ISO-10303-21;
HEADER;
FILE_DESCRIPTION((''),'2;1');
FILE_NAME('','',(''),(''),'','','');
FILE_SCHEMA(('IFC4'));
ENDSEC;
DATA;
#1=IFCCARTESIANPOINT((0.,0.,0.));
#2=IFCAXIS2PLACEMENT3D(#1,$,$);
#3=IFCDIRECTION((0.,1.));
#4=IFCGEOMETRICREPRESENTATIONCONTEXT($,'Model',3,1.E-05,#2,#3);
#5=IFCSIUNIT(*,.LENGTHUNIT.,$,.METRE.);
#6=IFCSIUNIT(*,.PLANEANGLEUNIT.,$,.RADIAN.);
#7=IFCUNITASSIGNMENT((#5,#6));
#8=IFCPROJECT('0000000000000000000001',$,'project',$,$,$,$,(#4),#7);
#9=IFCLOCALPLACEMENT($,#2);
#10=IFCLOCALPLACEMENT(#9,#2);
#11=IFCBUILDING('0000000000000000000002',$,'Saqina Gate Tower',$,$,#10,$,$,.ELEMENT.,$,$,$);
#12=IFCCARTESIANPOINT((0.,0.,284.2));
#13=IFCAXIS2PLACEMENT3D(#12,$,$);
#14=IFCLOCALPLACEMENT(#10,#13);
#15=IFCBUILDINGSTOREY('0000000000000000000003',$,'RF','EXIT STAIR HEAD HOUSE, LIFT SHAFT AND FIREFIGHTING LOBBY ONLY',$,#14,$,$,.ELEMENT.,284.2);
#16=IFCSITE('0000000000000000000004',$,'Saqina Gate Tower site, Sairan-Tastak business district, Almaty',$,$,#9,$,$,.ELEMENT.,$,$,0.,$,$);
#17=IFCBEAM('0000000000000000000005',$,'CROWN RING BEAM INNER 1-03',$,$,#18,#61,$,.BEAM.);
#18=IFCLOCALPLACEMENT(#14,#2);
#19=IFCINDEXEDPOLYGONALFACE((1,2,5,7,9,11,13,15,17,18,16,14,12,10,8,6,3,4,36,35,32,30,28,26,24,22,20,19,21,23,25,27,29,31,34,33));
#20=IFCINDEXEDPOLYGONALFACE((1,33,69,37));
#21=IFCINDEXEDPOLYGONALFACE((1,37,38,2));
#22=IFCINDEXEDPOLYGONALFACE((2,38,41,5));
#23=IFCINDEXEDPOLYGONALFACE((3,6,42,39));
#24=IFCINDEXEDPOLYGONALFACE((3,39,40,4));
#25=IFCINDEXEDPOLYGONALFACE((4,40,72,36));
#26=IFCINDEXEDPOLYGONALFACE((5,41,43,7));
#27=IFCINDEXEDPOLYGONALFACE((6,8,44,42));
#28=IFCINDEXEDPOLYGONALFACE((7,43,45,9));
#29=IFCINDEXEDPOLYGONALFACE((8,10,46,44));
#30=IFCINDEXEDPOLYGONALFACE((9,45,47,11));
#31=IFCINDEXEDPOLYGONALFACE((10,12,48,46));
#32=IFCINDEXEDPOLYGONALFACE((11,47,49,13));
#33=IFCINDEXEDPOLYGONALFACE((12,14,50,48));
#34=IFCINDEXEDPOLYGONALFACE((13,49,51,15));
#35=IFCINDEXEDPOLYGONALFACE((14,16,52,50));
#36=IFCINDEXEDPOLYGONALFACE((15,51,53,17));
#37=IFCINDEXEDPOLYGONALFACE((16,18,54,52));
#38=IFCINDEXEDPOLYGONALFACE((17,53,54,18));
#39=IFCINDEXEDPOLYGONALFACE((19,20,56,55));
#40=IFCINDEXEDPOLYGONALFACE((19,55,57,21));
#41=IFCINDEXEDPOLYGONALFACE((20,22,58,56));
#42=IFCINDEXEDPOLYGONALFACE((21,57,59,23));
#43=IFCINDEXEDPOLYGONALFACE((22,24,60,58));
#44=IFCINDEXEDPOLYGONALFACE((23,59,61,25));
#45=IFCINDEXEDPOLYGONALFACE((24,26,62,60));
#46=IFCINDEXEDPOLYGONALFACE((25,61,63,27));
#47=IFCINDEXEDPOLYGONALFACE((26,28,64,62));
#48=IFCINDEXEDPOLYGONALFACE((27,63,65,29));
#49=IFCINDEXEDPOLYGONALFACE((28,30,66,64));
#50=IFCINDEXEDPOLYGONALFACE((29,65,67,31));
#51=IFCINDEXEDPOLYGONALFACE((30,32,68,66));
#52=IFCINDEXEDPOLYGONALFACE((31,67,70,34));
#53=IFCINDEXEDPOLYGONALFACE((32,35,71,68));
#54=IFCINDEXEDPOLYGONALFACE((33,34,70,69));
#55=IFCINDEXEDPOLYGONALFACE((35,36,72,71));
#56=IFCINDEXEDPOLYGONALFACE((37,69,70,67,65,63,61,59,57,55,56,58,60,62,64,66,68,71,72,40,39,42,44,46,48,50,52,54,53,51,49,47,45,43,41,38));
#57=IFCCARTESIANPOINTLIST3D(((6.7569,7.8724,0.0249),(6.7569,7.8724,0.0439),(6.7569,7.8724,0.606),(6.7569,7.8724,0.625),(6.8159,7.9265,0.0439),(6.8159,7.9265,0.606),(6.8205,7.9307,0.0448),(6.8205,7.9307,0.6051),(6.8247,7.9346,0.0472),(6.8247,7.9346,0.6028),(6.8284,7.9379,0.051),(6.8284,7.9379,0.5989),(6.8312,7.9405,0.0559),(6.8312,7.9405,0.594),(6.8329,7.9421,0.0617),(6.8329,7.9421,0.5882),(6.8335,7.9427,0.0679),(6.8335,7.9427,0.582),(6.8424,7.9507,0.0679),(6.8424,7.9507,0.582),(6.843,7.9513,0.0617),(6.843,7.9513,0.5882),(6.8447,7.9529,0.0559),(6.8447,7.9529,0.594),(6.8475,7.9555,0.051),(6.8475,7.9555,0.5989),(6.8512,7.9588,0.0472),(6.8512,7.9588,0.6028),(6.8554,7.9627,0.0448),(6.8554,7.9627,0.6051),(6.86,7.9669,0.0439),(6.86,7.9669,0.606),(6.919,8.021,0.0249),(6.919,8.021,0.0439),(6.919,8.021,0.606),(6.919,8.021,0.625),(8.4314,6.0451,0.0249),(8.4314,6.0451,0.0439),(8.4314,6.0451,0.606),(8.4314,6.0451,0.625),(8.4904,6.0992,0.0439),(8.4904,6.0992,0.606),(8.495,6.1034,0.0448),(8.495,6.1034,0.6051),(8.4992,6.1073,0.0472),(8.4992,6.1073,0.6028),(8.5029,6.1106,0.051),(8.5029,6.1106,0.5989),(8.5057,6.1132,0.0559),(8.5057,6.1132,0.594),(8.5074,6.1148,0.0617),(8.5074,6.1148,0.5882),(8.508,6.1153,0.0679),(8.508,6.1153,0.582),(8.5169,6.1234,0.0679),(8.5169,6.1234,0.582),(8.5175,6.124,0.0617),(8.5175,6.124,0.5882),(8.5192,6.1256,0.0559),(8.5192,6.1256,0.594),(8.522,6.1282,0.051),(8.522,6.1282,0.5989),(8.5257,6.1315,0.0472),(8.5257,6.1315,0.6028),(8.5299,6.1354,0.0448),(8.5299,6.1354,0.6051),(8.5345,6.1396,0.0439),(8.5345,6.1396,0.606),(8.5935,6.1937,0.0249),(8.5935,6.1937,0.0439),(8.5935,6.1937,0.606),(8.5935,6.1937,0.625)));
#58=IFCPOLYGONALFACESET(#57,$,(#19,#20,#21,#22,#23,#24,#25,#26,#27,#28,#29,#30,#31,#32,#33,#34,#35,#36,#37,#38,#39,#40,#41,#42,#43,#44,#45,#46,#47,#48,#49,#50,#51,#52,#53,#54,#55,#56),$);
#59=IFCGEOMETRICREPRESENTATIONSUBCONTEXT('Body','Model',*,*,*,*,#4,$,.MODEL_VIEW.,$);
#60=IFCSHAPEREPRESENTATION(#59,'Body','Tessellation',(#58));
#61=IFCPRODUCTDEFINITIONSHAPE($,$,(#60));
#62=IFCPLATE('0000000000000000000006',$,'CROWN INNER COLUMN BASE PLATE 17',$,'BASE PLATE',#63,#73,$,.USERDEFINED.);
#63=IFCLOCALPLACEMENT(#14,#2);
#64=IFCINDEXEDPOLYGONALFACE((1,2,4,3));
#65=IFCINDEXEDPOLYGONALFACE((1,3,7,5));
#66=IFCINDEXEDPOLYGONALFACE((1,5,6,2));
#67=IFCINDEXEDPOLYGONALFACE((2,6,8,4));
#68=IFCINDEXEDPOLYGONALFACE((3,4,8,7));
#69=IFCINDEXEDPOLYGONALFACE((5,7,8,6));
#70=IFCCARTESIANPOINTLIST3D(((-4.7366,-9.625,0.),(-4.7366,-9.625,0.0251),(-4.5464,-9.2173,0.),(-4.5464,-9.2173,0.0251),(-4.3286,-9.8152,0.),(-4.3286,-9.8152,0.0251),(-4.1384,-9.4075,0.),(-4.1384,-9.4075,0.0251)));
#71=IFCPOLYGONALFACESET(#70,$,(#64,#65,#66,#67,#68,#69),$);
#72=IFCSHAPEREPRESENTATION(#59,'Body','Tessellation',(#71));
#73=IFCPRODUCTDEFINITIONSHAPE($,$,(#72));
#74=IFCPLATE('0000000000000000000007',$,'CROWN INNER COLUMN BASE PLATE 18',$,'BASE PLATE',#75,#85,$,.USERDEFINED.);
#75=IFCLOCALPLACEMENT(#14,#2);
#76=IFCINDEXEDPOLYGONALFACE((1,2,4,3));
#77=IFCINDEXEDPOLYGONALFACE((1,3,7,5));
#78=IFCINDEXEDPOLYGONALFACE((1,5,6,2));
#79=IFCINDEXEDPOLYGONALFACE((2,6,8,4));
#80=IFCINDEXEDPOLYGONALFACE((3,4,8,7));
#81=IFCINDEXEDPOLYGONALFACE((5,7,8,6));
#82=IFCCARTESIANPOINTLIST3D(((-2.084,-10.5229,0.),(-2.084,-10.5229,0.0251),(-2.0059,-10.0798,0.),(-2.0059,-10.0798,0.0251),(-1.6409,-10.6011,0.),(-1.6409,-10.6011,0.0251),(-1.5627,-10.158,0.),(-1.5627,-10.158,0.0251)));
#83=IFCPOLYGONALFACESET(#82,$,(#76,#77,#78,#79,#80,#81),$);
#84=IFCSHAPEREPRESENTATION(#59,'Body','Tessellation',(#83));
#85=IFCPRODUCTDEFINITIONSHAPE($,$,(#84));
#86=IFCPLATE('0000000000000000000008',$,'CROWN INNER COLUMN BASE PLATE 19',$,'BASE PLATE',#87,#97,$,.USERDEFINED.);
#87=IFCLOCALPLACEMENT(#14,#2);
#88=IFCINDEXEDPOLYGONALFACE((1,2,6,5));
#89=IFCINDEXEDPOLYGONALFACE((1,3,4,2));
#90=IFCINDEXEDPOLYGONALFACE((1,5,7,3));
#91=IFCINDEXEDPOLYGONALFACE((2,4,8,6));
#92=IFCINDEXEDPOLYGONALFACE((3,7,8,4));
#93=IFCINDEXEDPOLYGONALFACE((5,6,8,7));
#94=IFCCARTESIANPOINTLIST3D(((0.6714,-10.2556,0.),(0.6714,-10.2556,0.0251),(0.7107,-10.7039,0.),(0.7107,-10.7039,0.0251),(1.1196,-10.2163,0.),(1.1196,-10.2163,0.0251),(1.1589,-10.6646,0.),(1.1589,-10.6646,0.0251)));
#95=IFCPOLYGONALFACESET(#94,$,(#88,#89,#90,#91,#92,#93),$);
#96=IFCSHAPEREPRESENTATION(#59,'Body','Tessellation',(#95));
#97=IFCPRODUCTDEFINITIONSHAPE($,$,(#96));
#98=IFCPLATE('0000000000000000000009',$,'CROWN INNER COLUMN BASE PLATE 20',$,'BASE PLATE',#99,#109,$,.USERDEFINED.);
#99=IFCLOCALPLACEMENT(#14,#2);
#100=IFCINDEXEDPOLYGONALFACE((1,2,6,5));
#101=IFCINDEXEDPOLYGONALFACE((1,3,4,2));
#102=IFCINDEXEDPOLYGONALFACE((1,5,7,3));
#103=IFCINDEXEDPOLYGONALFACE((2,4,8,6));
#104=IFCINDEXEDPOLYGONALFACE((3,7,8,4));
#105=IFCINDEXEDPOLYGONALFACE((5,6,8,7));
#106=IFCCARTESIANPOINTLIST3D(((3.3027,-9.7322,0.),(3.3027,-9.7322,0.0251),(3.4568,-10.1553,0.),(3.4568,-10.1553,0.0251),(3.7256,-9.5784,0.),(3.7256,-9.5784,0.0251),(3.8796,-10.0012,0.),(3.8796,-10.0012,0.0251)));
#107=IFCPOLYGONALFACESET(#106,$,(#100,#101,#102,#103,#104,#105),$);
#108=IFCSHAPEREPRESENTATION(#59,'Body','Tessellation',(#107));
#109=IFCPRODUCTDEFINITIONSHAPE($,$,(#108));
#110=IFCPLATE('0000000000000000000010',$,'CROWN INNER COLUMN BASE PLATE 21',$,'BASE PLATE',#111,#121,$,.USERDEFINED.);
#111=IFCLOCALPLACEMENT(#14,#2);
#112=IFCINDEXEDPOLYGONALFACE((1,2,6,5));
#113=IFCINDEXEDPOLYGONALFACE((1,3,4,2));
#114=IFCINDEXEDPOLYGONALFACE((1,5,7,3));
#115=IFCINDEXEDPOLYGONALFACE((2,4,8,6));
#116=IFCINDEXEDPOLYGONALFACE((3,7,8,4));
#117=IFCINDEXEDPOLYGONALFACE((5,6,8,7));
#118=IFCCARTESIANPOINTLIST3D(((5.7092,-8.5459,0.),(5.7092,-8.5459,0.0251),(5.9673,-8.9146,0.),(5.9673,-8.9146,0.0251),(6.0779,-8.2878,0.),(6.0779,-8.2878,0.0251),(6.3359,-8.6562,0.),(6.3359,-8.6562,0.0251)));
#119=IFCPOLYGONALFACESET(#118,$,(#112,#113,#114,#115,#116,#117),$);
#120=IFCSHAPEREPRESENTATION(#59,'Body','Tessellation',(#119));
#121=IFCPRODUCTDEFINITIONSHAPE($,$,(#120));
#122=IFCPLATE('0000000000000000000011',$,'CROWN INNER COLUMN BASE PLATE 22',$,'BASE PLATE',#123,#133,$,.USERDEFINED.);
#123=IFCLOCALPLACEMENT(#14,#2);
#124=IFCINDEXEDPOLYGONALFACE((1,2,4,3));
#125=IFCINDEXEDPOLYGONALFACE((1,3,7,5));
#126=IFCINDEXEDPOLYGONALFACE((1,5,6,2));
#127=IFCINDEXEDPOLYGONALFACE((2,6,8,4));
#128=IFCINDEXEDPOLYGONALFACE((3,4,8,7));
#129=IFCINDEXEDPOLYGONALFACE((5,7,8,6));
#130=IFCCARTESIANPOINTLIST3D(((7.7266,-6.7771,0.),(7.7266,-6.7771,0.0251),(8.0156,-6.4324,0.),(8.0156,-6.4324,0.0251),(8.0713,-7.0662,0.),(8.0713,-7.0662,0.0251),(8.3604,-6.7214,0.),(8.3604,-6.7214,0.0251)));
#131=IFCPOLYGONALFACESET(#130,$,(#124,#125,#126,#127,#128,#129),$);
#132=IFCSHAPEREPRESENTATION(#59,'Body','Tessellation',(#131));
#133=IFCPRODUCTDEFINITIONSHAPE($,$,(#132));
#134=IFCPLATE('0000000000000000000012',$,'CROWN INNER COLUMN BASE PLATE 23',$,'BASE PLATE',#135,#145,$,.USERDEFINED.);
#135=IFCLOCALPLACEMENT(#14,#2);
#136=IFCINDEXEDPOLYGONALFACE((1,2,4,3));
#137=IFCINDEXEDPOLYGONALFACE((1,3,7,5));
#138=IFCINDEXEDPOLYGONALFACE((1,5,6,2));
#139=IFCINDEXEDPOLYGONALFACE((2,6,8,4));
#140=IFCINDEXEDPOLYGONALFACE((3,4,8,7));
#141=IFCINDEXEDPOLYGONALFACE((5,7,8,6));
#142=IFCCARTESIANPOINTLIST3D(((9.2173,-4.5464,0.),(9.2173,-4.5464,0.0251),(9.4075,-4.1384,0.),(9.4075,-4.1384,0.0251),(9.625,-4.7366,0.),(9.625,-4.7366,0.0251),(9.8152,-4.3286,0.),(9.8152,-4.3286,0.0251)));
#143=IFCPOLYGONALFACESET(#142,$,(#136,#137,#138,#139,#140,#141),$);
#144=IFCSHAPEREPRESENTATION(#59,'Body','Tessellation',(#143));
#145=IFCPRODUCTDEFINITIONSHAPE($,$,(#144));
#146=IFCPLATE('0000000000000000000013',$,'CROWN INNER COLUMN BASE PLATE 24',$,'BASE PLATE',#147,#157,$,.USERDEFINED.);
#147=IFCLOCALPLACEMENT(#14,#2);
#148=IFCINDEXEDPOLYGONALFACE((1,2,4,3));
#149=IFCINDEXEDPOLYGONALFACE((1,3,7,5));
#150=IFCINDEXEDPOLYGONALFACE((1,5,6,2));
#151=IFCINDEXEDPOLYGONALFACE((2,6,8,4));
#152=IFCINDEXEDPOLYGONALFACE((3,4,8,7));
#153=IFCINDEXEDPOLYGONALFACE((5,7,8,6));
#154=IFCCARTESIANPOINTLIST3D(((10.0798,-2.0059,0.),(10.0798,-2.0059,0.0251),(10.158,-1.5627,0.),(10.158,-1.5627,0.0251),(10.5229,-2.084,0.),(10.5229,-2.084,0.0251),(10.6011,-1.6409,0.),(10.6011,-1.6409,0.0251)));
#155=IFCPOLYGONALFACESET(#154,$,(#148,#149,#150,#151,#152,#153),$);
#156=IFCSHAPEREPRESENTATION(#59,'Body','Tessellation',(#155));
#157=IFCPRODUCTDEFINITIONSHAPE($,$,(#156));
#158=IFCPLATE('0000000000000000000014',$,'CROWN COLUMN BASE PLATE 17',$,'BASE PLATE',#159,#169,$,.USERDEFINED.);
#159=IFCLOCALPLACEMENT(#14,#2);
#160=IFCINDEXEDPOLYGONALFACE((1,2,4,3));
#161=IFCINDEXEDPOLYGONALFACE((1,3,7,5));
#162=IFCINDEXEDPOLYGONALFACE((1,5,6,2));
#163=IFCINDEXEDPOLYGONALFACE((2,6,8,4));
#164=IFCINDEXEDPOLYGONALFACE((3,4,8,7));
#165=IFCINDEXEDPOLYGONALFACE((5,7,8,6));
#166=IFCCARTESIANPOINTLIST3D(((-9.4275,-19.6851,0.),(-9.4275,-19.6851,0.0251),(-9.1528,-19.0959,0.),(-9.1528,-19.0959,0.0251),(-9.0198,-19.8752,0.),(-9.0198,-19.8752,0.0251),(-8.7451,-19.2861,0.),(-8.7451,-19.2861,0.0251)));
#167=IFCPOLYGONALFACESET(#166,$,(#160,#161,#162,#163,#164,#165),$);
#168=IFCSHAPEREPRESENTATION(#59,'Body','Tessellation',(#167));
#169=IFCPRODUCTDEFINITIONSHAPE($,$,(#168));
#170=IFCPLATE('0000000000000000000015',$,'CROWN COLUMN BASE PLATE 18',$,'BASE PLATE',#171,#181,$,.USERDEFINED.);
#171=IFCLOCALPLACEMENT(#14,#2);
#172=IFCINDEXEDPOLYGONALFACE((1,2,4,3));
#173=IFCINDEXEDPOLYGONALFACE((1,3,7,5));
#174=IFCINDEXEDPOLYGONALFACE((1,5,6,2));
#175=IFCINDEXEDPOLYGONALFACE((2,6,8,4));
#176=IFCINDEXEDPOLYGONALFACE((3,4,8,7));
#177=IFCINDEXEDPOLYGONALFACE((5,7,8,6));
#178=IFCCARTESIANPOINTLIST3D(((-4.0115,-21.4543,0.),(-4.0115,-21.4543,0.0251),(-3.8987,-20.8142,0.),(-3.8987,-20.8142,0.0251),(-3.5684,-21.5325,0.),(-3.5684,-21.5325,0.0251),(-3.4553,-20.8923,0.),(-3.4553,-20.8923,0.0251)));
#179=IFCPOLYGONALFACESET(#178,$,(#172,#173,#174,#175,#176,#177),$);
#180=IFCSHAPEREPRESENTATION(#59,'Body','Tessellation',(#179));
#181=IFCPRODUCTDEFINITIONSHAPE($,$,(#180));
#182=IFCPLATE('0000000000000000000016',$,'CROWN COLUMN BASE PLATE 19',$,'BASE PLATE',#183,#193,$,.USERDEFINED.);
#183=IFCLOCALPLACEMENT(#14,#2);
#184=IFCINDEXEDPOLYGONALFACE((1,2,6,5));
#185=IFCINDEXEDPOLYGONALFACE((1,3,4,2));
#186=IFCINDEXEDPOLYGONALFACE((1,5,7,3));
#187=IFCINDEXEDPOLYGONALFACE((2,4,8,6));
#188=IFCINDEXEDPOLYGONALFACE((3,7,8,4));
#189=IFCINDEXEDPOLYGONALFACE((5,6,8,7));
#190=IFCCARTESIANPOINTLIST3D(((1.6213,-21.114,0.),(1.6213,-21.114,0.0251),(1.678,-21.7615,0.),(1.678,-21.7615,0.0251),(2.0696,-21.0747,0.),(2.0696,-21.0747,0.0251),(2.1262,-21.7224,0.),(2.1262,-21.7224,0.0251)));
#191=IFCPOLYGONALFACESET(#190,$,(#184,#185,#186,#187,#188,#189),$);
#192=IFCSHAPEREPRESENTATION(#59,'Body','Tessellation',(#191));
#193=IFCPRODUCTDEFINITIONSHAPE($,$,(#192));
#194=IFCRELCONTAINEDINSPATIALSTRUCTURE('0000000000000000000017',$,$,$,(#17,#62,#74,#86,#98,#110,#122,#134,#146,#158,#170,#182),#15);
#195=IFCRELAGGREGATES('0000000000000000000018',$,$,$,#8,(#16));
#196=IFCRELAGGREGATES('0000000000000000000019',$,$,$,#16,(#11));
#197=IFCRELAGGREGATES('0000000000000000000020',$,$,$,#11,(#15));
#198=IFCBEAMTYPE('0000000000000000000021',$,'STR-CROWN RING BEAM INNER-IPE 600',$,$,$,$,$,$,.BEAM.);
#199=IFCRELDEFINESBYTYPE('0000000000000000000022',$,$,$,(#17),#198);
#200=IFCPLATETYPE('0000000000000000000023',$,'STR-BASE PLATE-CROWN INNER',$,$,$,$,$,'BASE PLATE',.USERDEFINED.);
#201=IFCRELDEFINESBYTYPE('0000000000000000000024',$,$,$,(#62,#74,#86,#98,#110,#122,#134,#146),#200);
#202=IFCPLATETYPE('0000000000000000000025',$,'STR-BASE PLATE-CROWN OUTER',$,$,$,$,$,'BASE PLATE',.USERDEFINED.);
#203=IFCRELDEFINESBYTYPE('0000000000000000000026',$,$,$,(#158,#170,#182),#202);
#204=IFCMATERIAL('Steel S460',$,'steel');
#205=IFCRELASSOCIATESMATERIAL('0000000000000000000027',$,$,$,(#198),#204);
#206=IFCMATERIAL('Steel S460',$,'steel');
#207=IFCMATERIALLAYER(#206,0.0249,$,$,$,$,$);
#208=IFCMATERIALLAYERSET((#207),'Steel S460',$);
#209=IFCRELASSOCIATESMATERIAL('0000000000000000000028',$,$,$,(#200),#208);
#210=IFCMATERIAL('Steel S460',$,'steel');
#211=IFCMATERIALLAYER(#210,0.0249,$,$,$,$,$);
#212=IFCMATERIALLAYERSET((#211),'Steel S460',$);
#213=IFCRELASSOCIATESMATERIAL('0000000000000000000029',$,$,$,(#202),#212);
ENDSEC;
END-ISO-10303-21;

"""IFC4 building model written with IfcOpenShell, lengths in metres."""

from ifc_helpers import new_model, si_unit, direction, frame, origin, origin_2d, place, context, subcontext, project, spatial, polyline, i_section, outline, extrude, material, layer, layer_set, material_profile, profile_set, type_object, element, save


model = new_model("IFC4")

# Units and contexts
model_context = context("Model", 3, precision=1e-05, world=origin(), true_north=direction((0.0, 1.0)))
body_context = subcontext(model_context, "Body", "Model", "MODEL_VIEW")
ifc_project = project(units=[si_unit("LENGTHUNIT", "METRE"), si_unit("PLANEANGLEUNIT", "RADIAN")], contexts=[model_context])

# Site, building, storey
site_placement = place(None, origin())
site = spatial("IfcSite", under=ifc_project, at=site_placement, Name="Saqina Gate Tower site, Sairan-Tastak business district, Almaty", CompositionType="ELEMENT", RefElevation=0.0)
building_placement = place(site_placement, origin())
building = spatial("IfcBuilding", under=site, at=building_placement, Name="Saqina Gate Tower", CompositionType="ELEMENT")
storey_placement = place(building_placement, frame((0.0, 0.0, 284.2)))
storey = spatial("IfcBuildingStorey", under=building, at=storey_placement, Name="RF", Description="EXIT STAIR HEAD HOUSE, LIFT SHAFT AND FIREFIGHTING LOBBY ONLY", CompositionType="ELEMENT", Elevation=284.2)

# Beam
ifc_material_1 = material(Name="Steel S460", Category="steel")
ifc_material_profile_1 = material_profile(ifc_material_1, i_section(OverallWidth=0.22, OverallDepth=0.6001, WebThickness=0.012, FlangeThickness=0.019, FilletRadius=0.0239, at=origin_2d()), Name="IPE 600")
ifc_profile_set_1 = profile_set([ifc_material_profile_1], Name="Steel S460")
beam_type = type_object("IfcBeamType", Name="STR-CROWN RING BEAM INNER-IPE 600", PredefinedType="BEAM", material=ifc_profile_set_1)
beam_1_placement = place(storey_placement, frame((8.5125, 6.1194, 0.325), z_axis=(-0.675604, 0.737265, 0.0), x_axis=(-0.737265, -0.675604, 0.0)))
element("IfcBeam", 1, at=beam_1_placement, inside=storey, type_object=beam_type, Name="CROWN RING BEAM INNER 1-03", PredefinedType="BEAM", context=body_context, shape_type="SweptSolid", body=[
    extrude(i_section(OverallWidth=0.22, OverallDepth=0.6001, WebThickness=0.012, FlangeThickness=0.019, FilletRadius=0.0239, at=origin_2d()), origin(), (0.0, 0.0, 1.0), 2.4785),
])

# Plates
ifc_material_2 = material(Name="Steel S460", Category="steel")
ifc_layer_1 = layer(ifc_material_2, 0.0249)
ifc_layer_set_1 = layer_set([ifc_layer_1], Name="Steel S460")
plate_type_1 = type_object("IfcPlateType", Name="STR-BASE PLATE-CROWN INNER", ElementType="BASE PLATE", PredefinedType="USERDEFINED", material=ifc_layer_set_1)
plate_1_placement = place(storey_placement, origin())
element("IfcPlate", 2, at=plate_1_placement, inside=storey, type_object=plate_type_1, Name="CROWN INNER COLUMN BASE PLATE 17", ObjectType="BASE PLATE", PredefinedType="USERDEFINED", context=body_context, shape_type="SweptSolid", body=[
    extrude(outline(polyline([(-4.7366, -9.625), (-4.3286, -9.8152), (-4.1384, -9.4075), (-4.5464, -9.2173), (-4.7366, -9.625)])), origin(), (0.0, 0.0, 1.0), 0.0251),
])
plate_2_placement = place(storey_placement, origin())
element("IfcPlate", 3, at=plate_2_placement, inside=storey, type_object=plate_type_1, Name="CROWN INNER COLUMN BASE PLATE 18", ObjectType="BASE PLATE", PredefinedType="USERDEFINED", context=body_context, shape_type="SweptSolid", body=[
    extrude(outline(polyline([(-2.084, -10.5229), (-1.6409, -10.6011), (-1.5627, -10.158), (-2.0059, -10.0798), (-2.084, -10.5229)])), origin(), (0.0, 0.0, 1.0), 0.0251),
])
plate_3_placement = place(storey_placement, origin())
element("IfcPlate", 4, at=plate_3_placement, inside=storey, type_object=plate_type_1, Name="CROWN INNER COLUMN BASE PLATE 19", ObjectType="BASE PLATE", PredefinedType="USERDEFINED", context=body_context, shape_type="SweptSolid", body=[
    extrude(outline(polyline([(0.7107, -10.7039), (1.1589, -10.6646), (1.1196, -10.2163), (0.6714, -10.2556), (0.7107, -10.7039)])), origin(), (0.0, 0.0, 1.0), 0.0251),
])
plate_4_placement = place(storey_placement, origin())
element("IfcPlate", 5, at=plate_4_placement, inside=storey, type_object=plate_type_1, Name="CROWN INNER COLUMN BASE PLATE 20", ObjectType="BASE PLATE", PredefinedType="USERDEFINED", context=body_context, shape_type="SweptSolid", body=[
    extrude(outline(polyline([(3.4568, -10.1553), (3.8796, -10.0012), (3.7256, -9.5784), (3.3027, -9.7322), (3.4568, -10.1553)])), origin(), (0.0, 0.0, 1.0), 0.0251),
])
plate_5_placement = place(storey_placement, origin())
element("IfcPlate", 6, at=plate_5_placement, inside=storey, type_object=plate_type_1, Name="CROWN INNER COLUMN BASE PLATE 21", ObjectType="BASE PLATE", PredefinedType="USERDEFINED", context=body_context, shape_type="SweptSolid", body=[
    extrude(outline(polyline([(5.9673, -8.9146), (6.3359, -8.6562), (6.0779, -8.2878), (5.7092, -8.5459), (5.9673, -8.9146)])), origin(), (0.0, 0.0, 1.0), 0.0251),
])
plate_6_placement = place(storey_placement, origin())
element("IfcPlate", 7, at=plate_6_placement, inside=storey, type_object=plate_type_1, Name="CROWN INNER COLUMN BASE PLATE 22", ObjectType="BASE PLATE", PredefinedType="USERDEFINED", context=body_context, shape_type="SweptSolid", body=[
    extrude(outline(polyline([(8.0713, -7.0662), (8.3604, -6.7214), (8.0156, -6.4324), (7.7266, -6.7771), (8.0713, -7.0662)])), origin(), (0.0, 0.0, 1.0), 0.0251),
])
plate_7_placement = place(storey_placement, origin())
element("IfcPlate", 8, at=plate_7_placement, inside=storey, type_object=plate_type_1, Name="CROWN INNER COLUMN BASE PLATE 23", ObjectType="BASE PLATE", PredefinedType="USERDEFINED", context=body_context, shape_type="SweptSolid", body=[
    extrude(outline(polyline([(9.625, -4.7366), (9.8152, -4.3286), (9.4075, -4.1384), (9.2173, -4.5464), (9.625, -4.7366)])), origin(), (0.0, 0.0, 1.0), 0.0251),
])
plate_8_placement = place(storey_placement, origin())
element("IfcPlate", 9, at=plate_8_placement, inside=storey, type_object=plate_type_1, Name="CROWN INNER COLUMN BASE PLATE 24", ObjectType="BASE PLATE", PredefinedType="USERDEFINED", context=body_context, shape_type="SweptSolid", body=[
    extrude(outline(polyline([(10.5229, -2.084), (10.6011, -1.6409), (10.158, -1.5627), (10.0798, -2.0059), (10.5229, -2.084)])), origin(), (0.0, 0.0, 1.0), 0.0251),
])
ifc_material_3 = material(Name="Steel S460", Category="steel")
ifc_layer_2 = layer(ifc_material_3, 0.0249)
ifc_layer_set_2 = layer_set([ifc_layer_2], Name="Steel S460")
plate_type_2 = type_object("IfcPlateType", Name="STR-BASE PLATE-CROWN OUTER", ElementType="BASE PLATE", PredefinedType="USERDEFINED", material=ifc_layer_set_2)
plate_9_placement = place(storey_placement, origin())
element("IfcPlate", 10, at=plate_9_placement, inside=storey, type_object=plate_type_2, Name="CROWN COLUMN BASE PLATE 17", ObjectType="BASE PLATE", PredefinedType="USERDEFINED", context=body_context, shape_type="SweptSolid", body=[
    extrude(outline(polyline([(-9.4275, -19.6851), (-9.0198, -19.8752), (-8.7451, -19.2861), (-9.1528, -19.0959), (-9.4275, -19.6851)])), origin(), (0.0, 0.0, 1.0), 0.0251),
])
plate_10_placement = place(storey_placement, origin())
element("IfcPlate", 11, at=plate_10_placement, inside=storey, type_object=plate_type_2, Name="CROWN COLUMN BASE PLATE 18", ObjectType="BASE PLATE", PredefinedType="USERDEFINED", context=body_context, shape_type="SweptSolid", body=[
    extrude(outline(polyline([(-4.0115, -21.4543), (-3.5684, -21.5325), (-3.4553, -20.8923), (-3.8987, -20.8142), (-4.0115, -21.4543)])), origin(), (0.0, 0.0, 1.0), 0.0251),
])
plate_11_placement = place(storey_placement, origin())
element("IfcPlate", 12, at=plate_11_placement, inside=storey, type_object=plate_type_2, Name="CROWN COLUMN BASE PLATE 19", ObjectType="BASE PLATE", PredefinedType="USERDEFINED", context=body_context, shape_type="SweptSolid", body=[
    extrude(outline(polyline([(1.678, -21.7615), (2.1262, -21.7224), (2.0696, -21.0747), (1.6213, -21.114), (1.678, -21.7615)])), origin(), (0.0, 0.0, 1.0), 0.0251),
])

save(model, "model.ifc")
